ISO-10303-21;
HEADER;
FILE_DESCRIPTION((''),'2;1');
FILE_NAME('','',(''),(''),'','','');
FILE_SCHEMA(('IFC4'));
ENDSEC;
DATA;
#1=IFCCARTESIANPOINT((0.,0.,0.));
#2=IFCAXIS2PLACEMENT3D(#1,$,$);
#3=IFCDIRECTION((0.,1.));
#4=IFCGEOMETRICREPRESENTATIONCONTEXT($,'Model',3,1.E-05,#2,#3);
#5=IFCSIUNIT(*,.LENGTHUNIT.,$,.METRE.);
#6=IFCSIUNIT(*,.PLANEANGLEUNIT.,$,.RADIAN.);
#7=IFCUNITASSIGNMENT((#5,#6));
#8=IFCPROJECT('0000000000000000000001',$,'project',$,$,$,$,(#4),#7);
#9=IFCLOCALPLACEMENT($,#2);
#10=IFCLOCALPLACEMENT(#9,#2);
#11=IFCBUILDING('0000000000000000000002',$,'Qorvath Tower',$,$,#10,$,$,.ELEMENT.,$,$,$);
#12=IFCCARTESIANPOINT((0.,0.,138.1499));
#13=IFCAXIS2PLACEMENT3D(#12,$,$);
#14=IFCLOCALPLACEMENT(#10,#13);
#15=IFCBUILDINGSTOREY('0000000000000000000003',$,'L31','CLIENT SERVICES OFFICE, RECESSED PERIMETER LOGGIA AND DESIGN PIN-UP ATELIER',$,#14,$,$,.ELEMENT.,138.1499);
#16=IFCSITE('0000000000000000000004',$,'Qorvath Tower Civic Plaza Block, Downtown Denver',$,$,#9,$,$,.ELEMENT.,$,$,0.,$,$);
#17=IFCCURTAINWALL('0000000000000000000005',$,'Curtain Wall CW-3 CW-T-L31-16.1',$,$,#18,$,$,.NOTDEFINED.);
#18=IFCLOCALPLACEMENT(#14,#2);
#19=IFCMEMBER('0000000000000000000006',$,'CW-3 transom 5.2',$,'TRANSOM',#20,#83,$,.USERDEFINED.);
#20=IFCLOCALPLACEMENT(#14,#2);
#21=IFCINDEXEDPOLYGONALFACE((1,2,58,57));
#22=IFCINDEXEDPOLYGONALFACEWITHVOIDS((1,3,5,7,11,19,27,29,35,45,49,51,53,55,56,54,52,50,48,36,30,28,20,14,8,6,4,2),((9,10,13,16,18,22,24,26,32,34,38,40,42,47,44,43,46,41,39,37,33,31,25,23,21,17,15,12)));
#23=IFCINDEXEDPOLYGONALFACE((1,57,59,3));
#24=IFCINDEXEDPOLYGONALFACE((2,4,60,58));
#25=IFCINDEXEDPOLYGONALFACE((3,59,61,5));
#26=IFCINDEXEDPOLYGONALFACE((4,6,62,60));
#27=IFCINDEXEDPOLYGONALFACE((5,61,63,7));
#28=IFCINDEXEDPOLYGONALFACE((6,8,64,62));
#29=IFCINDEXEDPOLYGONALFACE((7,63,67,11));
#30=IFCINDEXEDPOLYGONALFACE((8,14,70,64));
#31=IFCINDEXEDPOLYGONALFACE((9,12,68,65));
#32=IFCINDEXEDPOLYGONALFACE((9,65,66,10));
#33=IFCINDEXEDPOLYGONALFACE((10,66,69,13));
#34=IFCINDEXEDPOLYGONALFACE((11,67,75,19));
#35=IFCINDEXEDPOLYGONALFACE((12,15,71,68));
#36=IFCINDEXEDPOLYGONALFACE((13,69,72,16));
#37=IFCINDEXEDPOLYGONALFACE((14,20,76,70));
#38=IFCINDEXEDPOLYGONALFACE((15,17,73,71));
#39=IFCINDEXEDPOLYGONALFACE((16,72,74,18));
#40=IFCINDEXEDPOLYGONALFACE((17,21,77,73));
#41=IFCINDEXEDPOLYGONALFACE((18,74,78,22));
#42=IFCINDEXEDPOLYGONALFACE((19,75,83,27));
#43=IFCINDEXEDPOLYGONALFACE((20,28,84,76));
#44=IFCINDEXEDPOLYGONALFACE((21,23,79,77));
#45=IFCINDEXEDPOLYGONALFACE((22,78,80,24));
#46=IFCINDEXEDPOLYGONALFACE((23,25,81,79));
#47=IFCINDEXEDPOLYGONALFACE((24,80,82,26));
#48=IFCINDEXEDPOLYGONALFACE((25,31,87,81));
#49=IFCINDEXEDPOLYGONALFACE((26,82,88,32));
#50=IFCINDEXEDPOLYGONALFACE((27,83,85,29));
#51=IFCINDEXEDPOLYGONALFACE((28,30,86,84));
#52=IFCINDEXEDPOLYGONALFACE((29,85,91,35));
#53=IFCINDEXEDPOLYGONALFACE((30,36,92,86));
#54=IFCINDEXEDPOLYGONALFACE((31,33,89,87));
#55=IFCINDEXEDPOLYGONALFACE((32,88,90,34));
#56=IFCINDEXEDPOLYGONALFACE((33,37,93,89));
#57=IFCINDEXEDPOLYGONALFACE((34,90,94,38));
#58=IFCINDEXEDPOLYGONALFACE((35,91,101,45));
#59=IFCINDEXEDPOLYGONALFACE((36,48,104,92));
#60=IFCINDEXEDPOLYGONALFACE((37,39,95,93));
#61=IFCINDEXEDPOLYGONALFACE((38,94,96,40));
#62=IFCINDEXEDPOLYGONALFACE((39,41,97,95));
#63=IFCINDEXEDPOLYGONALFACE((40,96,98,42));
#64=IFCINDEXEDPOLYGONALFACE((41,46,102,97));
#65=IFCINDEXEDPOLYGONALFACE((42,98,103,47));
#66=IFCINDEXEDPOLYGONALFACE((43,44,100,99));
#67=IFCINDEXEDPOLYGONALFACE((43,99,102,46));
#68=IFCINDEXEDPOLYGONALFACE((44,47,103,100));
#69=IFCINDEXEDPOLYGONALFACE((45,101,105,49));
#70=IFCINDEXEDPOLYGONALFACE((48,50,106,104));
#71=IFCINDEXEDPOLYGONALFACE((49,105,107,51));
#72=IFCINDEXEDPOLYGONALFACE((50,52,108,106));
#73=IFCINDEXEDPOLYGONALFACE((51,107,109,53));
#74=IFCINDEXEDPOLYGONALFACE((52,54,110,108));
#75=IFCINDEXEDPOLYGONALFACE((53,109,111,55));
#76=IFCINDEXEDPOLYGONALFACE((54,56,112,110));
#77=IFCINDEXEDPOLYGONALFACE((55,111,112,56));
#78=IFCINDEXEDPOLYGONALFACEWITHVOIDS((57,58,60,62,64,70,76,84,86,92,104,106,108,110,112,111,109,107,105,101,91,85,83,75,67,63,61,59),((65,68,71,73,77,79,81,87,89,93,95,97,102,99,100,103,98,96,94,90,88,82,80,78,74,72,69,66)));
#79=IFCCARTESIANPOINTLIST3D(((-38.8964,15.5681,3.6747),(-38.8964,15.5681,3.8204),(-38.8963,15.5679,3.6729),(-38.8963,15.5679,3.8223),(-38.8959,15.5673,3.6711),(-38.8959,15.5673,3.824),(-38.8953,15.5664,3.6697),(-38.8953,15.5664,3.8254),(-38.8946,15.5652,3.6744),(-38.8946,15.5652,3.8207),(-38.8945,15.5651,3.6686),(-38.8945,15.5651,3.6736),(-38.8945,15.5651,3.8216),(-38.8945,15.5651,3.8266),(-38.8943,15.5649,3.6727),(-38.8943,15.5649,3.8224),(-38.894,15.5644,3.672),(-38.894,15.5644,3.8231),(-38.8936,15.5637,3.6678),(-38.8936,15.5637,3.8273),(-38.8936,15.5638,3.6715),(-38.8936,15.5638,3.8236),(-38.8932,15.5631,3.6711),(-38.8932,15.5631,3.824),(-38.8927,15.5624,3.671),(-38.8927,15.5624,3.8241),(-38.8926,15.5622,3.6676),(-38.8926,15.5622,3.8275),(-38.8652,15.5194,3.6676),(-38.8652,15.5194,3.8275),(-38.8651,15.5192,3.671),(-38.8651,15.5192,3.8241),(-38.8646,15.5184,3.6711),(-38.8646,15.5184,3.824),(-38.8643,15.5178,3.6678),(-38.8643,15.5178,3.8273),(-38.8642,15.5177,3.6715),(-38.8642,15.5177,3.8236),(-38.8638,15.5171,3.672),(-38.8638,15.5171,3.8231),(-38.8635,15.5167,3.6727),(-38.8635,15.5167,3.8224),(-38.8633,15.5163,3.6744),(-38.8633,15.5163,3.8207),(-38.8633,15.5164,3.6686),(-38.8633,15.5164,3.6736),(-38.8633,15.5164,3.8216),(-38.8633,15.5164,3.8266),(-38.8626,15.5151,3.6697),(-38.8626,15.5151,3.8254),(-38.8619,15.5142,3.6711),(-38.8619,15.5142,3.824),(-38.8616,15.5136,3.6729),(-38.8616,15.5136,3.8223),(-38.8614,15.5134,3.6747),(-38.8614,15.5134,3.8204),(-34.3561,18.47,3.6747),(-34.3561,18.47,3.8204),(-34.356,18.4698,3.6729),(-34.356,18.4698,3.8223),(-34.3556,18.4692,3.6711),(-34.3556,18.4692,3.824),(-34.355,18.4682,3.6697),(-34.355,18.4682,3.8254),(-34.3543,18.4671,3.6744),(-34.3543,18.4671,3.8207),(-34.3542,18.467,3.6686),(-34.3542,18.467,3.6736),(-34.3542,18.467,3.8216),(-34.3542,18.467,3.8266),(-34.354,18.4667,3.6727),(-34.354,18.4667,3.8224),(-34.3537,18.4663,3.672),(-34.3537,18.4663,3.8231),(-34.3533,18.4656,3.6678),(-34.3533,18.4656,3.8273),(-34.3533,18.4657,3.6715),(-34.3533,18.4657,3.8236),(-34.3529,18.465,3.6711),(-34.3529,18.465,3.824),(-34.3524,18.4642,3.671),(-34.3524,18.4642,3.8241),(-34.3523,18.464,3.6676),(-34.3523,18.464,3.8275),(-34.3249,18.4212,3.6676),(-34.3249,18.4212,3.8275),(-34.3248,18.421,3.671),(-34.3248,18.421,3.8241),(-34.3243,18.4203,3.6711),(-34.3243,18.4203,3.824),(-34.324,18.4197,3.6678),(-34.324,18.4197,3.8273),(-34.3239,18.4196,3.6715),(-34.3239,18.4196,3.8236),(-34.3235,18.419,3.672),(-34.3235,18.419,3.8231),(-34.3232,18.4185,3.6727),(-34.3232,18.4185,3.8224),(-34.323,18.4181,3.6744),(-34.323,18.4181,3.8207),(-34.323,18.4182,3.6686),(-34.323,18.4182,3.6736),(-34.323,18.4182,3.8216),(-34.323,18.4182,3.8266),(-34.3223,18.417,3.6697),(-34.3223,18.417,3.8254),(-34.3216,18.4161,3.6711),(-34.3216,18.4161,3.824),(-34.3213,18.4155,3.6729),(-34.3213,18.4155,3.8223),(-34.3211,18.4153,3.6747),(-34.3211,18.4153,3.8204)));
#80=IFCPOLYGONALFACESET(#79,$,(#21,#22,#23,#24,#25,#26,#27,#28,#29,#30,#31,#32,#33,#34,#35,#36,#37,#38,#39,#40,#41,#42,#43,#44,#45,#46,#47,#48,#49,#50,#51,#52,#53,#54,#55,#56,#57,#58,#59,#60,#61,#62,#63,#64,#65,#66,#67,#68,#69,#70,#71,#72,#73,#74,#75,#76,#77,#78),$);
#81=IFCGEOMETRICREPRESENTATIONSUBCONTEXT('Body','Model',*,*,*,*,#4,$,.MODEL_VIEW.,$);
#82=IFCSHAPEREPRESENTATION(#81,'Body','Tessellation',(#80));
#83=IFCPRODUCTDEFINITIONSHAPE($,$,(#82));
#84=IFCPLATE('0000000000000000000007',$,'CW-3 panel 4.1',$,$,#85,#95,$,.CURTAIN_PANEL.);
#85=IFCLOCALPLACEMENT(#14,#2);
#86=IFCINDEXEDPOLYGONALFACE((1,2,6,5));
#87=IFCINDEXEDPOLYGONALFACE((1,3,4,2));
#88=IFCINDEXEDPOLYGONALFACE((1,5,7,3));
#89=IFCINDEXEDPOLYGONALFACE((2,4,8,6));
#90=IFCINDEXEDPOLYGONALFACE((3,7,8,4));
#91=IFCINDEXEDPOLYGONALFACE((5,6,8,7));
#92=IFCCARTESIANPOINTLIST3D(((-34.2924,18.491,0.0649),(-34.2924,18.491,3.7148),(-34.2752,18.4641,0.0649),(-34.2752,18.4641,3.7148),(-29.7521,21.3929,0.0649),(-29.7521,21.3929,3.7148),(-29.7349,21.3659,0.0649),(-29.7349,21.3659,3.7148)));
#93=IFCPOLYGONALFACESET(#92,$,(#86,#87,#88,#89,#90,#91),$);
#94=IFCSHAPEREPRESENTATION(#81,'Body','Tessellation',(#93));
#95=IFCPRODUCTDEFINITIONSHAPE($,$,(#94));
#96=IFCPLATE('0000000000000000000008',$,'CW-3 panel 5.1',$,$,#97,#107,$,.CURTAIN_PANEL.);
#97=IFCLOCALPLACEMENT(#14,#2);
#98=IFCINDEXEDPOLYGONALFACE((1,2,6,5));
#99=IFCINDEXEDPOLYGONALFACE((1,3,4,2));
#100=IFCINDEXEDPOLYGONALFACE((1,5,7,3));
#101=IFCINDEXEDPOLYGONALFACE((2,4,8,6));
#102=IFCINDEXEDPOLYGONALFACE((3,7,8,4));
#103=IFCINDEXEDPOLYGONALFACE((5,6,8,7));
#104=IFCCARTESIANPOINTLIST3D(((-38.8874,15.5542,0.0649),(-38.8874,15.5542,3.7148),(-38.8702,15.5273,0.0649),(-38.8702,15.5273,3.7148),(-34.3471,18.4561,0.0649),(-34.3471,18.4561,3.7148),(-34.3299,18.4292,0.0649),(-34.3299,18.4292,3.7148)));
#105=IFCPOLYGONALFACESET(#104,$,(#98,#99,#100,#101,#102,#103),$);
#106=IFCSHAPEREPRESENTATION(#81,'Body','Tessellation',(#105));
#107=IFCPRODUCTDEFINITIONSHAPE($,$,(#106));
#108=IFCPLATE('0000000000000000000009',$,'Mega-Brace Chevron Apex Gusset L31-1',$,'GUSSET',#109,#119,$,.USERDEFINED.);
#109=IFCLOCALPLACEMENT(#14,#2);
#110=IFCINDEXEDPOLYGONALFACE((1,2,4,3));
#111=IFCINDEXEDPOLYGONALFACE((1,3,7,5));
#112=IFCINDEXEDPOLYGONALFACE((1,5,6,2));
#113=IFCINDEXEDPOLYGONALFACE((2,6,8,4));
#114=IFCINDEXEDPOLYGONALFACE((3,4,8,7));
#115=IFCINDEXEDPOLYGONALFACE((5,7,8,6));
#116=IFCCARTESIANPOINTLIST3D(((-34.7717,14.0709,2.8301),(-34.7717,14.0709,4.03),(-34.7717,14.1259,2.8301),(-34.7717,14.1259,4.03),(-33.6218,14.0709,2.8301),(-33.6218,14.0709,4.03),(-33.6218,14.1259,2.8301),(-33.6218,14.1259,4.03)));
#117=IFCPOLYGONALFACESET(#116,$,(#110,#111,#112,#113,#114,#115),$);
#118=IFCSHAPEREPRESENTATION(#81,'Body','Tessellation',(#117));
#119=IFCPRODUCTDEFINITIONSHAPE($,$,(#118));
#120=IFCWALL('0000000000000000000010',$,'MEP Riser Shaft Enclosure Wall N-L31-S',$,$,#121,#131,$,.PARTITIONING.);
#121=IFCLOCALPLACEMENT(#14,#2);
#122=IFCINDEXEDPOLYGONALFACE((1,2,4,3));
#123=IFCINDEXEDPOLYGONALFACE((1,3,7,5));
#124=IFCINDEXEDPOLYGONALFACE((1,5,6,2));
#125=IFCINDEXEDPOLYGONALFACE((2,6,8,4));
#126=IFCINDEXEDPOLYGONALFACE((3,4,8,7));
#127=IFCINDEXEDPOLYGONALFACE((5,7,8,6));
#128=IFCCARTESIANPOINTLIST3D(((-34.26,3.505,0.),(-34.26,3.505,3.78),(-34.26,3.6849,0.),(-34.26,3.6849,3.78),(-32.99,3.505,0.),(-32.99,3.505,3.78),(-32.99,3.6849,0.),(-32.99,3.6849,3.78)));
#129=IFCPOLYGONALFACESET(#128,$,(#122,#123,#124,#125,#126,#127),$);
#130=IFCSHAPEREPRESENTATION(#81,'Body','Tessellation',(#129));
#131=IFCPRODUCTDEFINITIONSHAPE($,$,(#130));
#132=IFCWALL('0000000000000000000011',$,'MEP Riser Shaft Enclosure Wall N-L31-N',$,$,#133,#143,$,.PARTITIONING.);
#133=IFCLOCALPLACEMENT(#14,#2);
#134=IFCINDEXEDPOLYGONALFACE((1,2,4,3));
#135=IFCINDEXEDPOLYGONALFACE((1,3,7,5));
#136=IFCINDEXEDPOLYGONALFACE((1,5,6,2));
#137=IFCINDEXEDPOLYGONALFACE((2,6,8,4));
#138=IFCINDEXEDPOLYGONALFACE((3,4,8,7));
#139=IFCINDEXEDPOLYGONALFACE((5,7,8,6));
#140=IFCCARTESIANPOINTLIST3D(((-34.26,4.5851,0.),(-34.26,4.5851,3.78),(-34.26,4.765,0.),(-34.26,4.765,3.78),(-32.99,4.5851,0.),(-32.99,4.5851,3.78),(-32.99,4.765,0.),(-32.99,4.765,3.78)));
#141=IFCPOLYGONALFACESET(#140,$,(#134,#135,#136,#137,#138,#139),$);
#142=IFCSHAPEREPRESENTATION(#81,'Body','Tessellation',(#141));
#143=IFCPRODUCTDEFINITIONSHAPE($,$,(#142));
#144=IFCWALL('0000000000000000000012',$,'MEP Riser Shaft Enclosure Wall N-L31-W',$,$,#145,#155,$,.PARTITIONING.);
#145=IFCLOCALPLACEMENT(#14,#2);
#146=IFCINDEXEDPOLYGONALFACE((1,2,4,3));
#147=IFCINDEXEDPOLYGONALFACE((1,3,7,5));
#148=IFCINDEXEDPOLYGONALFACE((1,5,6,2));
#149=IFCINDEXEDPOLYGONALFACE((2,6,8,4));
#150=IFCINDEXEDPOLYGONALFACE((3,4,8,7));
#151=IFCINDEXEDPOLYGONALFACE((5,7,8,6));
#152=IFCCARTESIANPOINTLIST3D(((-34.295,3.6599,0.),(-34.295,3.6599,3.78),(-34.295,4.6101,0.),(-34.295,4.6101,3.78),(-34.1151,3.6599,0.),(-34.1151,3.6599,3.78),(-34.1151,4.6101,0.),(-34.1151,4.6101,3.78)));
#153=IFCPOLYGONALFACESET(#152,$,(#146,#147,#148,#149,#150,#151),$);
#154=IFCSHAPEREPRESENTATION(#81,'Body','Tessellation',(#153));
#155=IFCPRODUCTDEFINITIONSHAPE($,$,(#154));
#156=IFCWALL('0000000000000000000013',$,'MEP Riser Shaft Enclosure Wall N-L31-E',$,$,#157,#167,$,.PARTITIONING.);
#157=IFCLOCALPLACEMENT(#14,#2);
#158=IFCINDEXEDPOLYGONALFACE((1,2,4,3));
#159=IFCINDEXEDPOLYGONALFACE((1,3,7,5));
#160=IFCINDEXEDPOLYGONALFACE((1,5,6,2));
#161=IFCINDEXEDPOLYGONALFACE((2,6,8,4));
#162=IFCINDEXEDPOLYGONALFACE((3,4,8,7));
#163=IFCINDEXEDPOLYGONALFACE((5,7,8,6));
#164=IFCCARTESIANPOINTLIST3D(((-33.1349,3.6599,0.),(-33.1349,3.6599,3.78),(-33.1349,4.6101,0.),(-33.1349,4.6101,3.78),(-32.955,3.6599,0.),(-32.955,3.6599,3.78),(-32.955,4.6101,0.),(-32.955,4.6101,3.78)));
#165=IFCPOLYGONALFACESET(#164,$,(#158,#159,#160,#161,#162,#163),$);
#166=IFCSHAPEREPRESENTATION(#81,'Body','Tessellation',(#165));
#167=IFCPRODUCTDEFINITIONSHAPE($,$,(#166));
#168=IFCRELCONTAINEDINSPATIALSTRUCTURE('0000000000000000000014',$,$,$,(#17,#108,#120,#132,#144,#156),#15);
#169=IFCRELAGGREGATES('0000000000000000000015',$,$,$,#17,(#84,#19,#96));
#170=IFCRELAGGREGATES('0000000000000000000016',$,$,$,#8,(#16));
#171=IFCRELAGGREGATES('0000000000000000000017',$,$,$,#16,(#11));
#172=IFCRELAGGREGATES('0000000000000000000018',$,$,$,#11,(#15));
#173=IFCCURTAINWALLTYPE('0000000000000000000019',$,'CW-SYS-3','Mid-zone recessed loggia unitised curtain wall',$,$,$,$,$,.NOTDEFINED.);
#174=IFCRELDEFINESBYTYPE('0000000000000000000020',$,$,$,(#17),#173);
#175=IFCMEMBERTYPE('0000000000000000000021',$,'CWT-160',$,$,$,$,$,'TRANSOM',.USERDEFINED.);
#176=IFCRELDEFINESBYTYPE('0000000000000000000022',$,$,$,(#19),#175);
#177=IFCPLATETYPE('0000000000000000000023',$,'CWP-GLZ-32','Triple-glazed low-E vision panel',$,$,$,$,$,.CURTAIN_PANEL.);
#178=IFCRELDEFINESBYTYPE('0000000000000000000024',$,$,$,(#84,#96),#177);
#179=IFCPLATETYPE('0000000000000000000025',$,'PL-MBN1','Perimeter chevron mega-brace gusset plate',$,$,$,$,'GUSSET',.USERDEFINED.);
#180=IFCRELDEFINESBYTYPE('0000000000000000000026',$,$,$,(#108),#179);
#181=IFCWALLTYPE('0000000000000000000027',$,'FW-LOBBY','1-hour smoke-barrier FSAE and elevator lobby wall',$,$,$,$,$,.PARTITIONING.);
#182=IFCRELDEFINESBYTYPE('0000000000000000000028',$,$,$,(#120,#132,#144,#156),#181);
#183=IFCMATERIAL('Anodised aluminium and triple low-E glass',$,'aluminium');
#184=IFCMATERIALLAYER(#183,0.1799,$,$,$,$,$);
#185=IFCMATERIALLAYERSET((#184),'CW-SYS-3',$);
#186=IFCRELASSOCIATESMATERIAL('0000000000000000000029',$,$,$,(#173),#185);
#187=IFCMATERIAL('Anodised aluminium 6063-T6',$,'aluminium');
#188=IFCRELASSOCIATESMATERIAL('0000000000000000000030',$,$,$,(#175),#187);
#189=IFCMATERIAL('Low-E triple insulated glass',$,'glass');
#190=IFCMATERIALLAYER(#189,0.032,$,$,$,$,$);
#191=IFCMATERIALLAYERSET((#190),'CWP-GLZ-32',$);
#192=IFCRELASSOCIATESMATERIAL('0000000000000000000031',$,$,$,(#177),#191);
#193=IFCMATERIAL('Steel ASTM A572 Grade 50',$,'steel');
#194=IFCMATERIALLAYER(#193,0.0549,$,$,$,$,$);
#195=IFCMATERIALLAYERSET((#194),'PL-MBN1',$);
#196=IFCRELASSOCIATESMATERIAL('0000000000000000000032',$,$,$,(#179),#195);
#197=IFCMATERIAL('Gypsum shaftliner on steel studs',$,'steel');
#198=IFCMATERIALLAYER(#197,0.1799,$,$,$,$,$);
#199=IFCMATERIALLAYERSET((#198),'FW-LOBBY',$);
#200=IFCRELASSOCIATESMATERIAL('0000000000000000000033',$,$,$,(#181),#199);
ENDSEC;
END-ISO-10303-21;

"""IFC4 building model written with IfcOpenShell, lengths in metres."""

from ifc_helpers import new_model, si_unit, direction, frame, frame_2d, origin, origin_2d, place, context, subcontext, project, spatial, rectangle, hollow_rectangle, extrude, material, layer, layer_set, material_profile, profile_set, type_object, element, aggregate, save


model = new_model("IFC4")

# Units and contexts
model_context = context("Model", 3, precision=1e-05, world=origin(), true_north=direction((0.0, 1.0)))
body_context = subcontext(model_context, "Body", "Model", "MODEL_VIEW")
ifc_project = project(units=[si_unit("LENGTHUNIT", "METRE"), si_unit("PLANEANGLEUNIT", "RADIAN")], contexts=[model_context])

# Site, building, storey
site_placement = place(None, origin())
site = spatial("IfcSite", under=ifc_project, at=site_placement, Name="Qorvath Tower Civic Plaza Block, Downtown Denver", CompositionType="ELEMENT", RefElevation=0.0)
building_placement = place(site_placement, origin())
building = spatial("IfcBuilding", under=site, at=building_placement, Name="Qorvath Tower", CompositionType="ELEMENT")
storey_placement = place(building_placement, frame((0.0, 0.0, 138.1499)))
storey = spatial("IfcBuildingStorey", under=building, at=storey_placement, Name="L31", Description="CLIENT SERVICES OFFICE, RECESSED PERIMETER LOGGIA AND DESIGN PIN-UP ATELIER", CompositionType="ELEMENT", Elevation=138.1499)

# Curtain wall, member, plates
ifc_material_1 = material(Name="Anodised aluminium and triple low-E glass", Category="aluminium")
ifc_layer_1 = layer(ifc_material_1, 0.1799)
ifc_layer_set_1 = layer_set([ifc_layer_1], Name="CW-SYS-3")
curtain_wall_type = type_object("IfcCurtainWallType", Name="CW-SYS-3", Description="Mid-zone recessed loggia unitised curtain wall", PredefinedType="NOTDEFINED", material=ifc_layer_set_1)
curtain_wall_placement = place(storey_placement, origin())
curtain_wall = element("IfcCurtainWall", 1, at=curtain_wall_placement, inside=storey, type_object=curtain_wall_type, Name="Curtain Wall CW-3 CW-T-L31-16.1", PredefinedType="NOTDEFINED")
ifc_material_2 = material(Name="Anodised aluminium 6063-T6", Category="aluminium")
ifc_material_profile_1 = material_profile(ifc_material_2, hollow_rectangle(XDim=0.0649, YDim=0.1599, WallThickness=0.0034, InnerFilletRadius=0.0034, OuterFilletRadius=0.0071, at=origin_2d()), Name="CWT 160x65")
ifc_profile_set_1 = profile_set([ifc_material_profile_1], Name="Anodised aluminium 6063-T6")
member_type_1 = type_object("IfcMemberType", Name="CWT-160", ElementType="TRANSOM", PredefinedType="USERDEFINED", material=ifc_profile_set_1)
member_1_placement = place(storey_placement, frame((-34.3386, 18.4426, 3.7476), z_axis=(-0.842602, -0.538537, 0.0), x_axis=(0.538537, -0.842602, 0.0)))
member_1 = element("IfcMember", 2, at=member_1_placement, type_object=member_type_1, Name="CW-3 transom 5.2", ObjectType="TRANSOM", PredefinedType="USERDEFINED", context=body_context, shape_type="SweptSolid", body=[
    extrude(hollow_rectangle(XDim=0.0649, YDim=0.1599, WallThickness=0.0034, InnerFilletRadius=0.0034, OuterFilletRadius=0.0071, at=origin_2d()), origin(), (0.0, 0.0, 1.0), 5.3884),
])
ifc_material_3 = material(Name="Low-E triple insulated glass", Category="glass")
ifc_layer_2 = layer(ifc_material_3, 0.032)
ifc_layer_set_2 = layer_set([ifc_layer_2], Name="CWP-GLZ-32")
plate_type_1 = type_object("IfcPlateType", Name="CWP-GLZ-32", Description="Triple-glazed low-E vision panel", PredefinedType="CURTAIN_PANEL", material=ifc_layer_set_2)
plate_1_placement = place(storey_placement, frame((-32.0137, 19.9285, 0.0649), z_axis=(0.0, 0.0, 1.0), x_axis=(-0.842604, -0.538534, 0.0)))
plate_1 = element("IfcPlate", 3, at=plate_1_placement, type_object=plate_type_1, Name="CW-3 panel 4.1", PredefinedType="CURTAIN_PANEL", context=body_context, shape_type="SweptSolid", body=[
    extrude(rectangle(XDim=5.3884, YDim=0.032, at=origin_2d()), origin(), (0.0, 0.0, 1.0), 3.6499),
])
plate_2_placement = place(storey_placement, frame((-36.6086, 16.9917, 0.0649), z_axis=(0.0, 0.0, 1.0), x_axis=(-0.842604, -0.538534, 0.0)))
plate_2 = element("IfcPlate", 4, at=plate_2_placement, type_object=plate_type_1, Name="CW-3 panel 5.1", PredefinedType="CURTAIN_PANEL", context=body_context, shape_type="SweptSolid", body=[
    extrude(rectangle(XDim=5.3884, YDim=0.032, at=origin_2d()), origin(), (0.0, 0.0, 1.0), 3.6499),
])
aggregate(curtain_wall, [plate_1, member_1, plate_2])

# Plate
ifc_material_4 = material(Name="Steel ASTM A572 Grade 50", Category="steel")
ifc_layer_3 = layer(ifc_material_4, 0.0549)
ifc_layer_set_3 = layer_set([ifc_layer_3], Name="PL-MBN1")
plate_type_2 = type_object("IfcPlateType", Name="PL-MBN1", Description="Perimeter chevron mega-brace gusset plate", ElementType="GUSSET", PredefinedType="USERDEFINED", material=ifc_layer_set_3)
plate_3_placement = place(storey_placement, frame((-34.1968, 14.0984, 2.8301), z_axis=(0.0, 0.0, 1.0), x_axis=(1.0, 0.0, 0.0)))
element("IfcPlate", 5, at=plate_3_placement, inside=storey, type_object=plate_type_2, Name="Mega-Brace Chevron Apex Gusset L31-1", ObjectType="GUSSET", PredefinedType="USERDEFINED", context=body_context, shape_type="SweptSolid", body=[
    extrude(rectangle(XDim=1.1499, YDim=0.0549, at=origin_2d()), origin(), (0.0, 0.0, 1.0), 1.2),
])

# Walls
ifc_material_5 = material(Name="Gypsum shaftliner on steel studs", Category="steel")
ifc_layer_4 = layer(ifc_material_5, 0.1799)
ifc_layer_set_4 = layer_set([ifc_layer_4], Name="FW-LOBBY")
wall_type_1 = type_object("IfcWallType", Name="FW-LOBBY", Description="1-hour smoke-barrier FSAE and elevator lobby wall", PredefinedType="PARTITIONING", material=ifc_layer_set_4)
for number, where, z_axis, x_axis, name in (
    (6, (-32.99, 3.595, 0.0), (0.0, 0.0, 1.0), (-1.0, 0.0, 0.0), "MEP Riser Shaft Enclosure Wall N-L31-S"),
    (7, (-34.26, 4.675, 0.0), (0.0, 0.0, 1.0), (1.0, 0.0, 0.0), "MEP Riser Shaft Enclosure Wall N-L31-N"),
):
    element("IfcWall", number, at=place(storey_placement, frame(where, z_axis=z_axis, x_axis=x_axis)), inside=storey, type_object=wall_type_1, Name=name, PredefinedType="PARTITIONING", context=body_context, shape_type="SweptSolid", body=[
        extrude(rectangle(XDim=1.27, YDim=0.1799, at=frame_2d((0.635, 0.0))), origin(), (0.0, 0.0, 1.0), 3.78),
    ])
for number, where, z_axis, x_axis, name in (
    (8, (-34.2051, 3.6599, 0.0), (0.0, 0.0, 1.0), (0.0, 1.0, 0.0), "MEP Riser Shaft Enclosure Wall N-L31-W"),
    (9, (-33.0449, 4.6101, 0.0), (0.0, 0.0, 1.0), (0.0, -1.0, 0.0), "MEP Riser Shaft Enclosure Wall N-L31-E"),
):
    element("IfcWall", number, at=place(storey_placement, frame(where, z_axis=z_axis, x_axis=x_axis)), inside=storey, type_object=wall_type_1, Name=name, PredefinedType="PARTITIONING", context=body_context, shape_type="SweptSolid", body=[
        extrude(rectangle(XDim=0.9502, YDim=0.1799, at=frame_2d((0.4751, 0.0))), origin(), (0.0, 0.0, 1.0), 3.78),
    ])

save(model, "model.ifc")
